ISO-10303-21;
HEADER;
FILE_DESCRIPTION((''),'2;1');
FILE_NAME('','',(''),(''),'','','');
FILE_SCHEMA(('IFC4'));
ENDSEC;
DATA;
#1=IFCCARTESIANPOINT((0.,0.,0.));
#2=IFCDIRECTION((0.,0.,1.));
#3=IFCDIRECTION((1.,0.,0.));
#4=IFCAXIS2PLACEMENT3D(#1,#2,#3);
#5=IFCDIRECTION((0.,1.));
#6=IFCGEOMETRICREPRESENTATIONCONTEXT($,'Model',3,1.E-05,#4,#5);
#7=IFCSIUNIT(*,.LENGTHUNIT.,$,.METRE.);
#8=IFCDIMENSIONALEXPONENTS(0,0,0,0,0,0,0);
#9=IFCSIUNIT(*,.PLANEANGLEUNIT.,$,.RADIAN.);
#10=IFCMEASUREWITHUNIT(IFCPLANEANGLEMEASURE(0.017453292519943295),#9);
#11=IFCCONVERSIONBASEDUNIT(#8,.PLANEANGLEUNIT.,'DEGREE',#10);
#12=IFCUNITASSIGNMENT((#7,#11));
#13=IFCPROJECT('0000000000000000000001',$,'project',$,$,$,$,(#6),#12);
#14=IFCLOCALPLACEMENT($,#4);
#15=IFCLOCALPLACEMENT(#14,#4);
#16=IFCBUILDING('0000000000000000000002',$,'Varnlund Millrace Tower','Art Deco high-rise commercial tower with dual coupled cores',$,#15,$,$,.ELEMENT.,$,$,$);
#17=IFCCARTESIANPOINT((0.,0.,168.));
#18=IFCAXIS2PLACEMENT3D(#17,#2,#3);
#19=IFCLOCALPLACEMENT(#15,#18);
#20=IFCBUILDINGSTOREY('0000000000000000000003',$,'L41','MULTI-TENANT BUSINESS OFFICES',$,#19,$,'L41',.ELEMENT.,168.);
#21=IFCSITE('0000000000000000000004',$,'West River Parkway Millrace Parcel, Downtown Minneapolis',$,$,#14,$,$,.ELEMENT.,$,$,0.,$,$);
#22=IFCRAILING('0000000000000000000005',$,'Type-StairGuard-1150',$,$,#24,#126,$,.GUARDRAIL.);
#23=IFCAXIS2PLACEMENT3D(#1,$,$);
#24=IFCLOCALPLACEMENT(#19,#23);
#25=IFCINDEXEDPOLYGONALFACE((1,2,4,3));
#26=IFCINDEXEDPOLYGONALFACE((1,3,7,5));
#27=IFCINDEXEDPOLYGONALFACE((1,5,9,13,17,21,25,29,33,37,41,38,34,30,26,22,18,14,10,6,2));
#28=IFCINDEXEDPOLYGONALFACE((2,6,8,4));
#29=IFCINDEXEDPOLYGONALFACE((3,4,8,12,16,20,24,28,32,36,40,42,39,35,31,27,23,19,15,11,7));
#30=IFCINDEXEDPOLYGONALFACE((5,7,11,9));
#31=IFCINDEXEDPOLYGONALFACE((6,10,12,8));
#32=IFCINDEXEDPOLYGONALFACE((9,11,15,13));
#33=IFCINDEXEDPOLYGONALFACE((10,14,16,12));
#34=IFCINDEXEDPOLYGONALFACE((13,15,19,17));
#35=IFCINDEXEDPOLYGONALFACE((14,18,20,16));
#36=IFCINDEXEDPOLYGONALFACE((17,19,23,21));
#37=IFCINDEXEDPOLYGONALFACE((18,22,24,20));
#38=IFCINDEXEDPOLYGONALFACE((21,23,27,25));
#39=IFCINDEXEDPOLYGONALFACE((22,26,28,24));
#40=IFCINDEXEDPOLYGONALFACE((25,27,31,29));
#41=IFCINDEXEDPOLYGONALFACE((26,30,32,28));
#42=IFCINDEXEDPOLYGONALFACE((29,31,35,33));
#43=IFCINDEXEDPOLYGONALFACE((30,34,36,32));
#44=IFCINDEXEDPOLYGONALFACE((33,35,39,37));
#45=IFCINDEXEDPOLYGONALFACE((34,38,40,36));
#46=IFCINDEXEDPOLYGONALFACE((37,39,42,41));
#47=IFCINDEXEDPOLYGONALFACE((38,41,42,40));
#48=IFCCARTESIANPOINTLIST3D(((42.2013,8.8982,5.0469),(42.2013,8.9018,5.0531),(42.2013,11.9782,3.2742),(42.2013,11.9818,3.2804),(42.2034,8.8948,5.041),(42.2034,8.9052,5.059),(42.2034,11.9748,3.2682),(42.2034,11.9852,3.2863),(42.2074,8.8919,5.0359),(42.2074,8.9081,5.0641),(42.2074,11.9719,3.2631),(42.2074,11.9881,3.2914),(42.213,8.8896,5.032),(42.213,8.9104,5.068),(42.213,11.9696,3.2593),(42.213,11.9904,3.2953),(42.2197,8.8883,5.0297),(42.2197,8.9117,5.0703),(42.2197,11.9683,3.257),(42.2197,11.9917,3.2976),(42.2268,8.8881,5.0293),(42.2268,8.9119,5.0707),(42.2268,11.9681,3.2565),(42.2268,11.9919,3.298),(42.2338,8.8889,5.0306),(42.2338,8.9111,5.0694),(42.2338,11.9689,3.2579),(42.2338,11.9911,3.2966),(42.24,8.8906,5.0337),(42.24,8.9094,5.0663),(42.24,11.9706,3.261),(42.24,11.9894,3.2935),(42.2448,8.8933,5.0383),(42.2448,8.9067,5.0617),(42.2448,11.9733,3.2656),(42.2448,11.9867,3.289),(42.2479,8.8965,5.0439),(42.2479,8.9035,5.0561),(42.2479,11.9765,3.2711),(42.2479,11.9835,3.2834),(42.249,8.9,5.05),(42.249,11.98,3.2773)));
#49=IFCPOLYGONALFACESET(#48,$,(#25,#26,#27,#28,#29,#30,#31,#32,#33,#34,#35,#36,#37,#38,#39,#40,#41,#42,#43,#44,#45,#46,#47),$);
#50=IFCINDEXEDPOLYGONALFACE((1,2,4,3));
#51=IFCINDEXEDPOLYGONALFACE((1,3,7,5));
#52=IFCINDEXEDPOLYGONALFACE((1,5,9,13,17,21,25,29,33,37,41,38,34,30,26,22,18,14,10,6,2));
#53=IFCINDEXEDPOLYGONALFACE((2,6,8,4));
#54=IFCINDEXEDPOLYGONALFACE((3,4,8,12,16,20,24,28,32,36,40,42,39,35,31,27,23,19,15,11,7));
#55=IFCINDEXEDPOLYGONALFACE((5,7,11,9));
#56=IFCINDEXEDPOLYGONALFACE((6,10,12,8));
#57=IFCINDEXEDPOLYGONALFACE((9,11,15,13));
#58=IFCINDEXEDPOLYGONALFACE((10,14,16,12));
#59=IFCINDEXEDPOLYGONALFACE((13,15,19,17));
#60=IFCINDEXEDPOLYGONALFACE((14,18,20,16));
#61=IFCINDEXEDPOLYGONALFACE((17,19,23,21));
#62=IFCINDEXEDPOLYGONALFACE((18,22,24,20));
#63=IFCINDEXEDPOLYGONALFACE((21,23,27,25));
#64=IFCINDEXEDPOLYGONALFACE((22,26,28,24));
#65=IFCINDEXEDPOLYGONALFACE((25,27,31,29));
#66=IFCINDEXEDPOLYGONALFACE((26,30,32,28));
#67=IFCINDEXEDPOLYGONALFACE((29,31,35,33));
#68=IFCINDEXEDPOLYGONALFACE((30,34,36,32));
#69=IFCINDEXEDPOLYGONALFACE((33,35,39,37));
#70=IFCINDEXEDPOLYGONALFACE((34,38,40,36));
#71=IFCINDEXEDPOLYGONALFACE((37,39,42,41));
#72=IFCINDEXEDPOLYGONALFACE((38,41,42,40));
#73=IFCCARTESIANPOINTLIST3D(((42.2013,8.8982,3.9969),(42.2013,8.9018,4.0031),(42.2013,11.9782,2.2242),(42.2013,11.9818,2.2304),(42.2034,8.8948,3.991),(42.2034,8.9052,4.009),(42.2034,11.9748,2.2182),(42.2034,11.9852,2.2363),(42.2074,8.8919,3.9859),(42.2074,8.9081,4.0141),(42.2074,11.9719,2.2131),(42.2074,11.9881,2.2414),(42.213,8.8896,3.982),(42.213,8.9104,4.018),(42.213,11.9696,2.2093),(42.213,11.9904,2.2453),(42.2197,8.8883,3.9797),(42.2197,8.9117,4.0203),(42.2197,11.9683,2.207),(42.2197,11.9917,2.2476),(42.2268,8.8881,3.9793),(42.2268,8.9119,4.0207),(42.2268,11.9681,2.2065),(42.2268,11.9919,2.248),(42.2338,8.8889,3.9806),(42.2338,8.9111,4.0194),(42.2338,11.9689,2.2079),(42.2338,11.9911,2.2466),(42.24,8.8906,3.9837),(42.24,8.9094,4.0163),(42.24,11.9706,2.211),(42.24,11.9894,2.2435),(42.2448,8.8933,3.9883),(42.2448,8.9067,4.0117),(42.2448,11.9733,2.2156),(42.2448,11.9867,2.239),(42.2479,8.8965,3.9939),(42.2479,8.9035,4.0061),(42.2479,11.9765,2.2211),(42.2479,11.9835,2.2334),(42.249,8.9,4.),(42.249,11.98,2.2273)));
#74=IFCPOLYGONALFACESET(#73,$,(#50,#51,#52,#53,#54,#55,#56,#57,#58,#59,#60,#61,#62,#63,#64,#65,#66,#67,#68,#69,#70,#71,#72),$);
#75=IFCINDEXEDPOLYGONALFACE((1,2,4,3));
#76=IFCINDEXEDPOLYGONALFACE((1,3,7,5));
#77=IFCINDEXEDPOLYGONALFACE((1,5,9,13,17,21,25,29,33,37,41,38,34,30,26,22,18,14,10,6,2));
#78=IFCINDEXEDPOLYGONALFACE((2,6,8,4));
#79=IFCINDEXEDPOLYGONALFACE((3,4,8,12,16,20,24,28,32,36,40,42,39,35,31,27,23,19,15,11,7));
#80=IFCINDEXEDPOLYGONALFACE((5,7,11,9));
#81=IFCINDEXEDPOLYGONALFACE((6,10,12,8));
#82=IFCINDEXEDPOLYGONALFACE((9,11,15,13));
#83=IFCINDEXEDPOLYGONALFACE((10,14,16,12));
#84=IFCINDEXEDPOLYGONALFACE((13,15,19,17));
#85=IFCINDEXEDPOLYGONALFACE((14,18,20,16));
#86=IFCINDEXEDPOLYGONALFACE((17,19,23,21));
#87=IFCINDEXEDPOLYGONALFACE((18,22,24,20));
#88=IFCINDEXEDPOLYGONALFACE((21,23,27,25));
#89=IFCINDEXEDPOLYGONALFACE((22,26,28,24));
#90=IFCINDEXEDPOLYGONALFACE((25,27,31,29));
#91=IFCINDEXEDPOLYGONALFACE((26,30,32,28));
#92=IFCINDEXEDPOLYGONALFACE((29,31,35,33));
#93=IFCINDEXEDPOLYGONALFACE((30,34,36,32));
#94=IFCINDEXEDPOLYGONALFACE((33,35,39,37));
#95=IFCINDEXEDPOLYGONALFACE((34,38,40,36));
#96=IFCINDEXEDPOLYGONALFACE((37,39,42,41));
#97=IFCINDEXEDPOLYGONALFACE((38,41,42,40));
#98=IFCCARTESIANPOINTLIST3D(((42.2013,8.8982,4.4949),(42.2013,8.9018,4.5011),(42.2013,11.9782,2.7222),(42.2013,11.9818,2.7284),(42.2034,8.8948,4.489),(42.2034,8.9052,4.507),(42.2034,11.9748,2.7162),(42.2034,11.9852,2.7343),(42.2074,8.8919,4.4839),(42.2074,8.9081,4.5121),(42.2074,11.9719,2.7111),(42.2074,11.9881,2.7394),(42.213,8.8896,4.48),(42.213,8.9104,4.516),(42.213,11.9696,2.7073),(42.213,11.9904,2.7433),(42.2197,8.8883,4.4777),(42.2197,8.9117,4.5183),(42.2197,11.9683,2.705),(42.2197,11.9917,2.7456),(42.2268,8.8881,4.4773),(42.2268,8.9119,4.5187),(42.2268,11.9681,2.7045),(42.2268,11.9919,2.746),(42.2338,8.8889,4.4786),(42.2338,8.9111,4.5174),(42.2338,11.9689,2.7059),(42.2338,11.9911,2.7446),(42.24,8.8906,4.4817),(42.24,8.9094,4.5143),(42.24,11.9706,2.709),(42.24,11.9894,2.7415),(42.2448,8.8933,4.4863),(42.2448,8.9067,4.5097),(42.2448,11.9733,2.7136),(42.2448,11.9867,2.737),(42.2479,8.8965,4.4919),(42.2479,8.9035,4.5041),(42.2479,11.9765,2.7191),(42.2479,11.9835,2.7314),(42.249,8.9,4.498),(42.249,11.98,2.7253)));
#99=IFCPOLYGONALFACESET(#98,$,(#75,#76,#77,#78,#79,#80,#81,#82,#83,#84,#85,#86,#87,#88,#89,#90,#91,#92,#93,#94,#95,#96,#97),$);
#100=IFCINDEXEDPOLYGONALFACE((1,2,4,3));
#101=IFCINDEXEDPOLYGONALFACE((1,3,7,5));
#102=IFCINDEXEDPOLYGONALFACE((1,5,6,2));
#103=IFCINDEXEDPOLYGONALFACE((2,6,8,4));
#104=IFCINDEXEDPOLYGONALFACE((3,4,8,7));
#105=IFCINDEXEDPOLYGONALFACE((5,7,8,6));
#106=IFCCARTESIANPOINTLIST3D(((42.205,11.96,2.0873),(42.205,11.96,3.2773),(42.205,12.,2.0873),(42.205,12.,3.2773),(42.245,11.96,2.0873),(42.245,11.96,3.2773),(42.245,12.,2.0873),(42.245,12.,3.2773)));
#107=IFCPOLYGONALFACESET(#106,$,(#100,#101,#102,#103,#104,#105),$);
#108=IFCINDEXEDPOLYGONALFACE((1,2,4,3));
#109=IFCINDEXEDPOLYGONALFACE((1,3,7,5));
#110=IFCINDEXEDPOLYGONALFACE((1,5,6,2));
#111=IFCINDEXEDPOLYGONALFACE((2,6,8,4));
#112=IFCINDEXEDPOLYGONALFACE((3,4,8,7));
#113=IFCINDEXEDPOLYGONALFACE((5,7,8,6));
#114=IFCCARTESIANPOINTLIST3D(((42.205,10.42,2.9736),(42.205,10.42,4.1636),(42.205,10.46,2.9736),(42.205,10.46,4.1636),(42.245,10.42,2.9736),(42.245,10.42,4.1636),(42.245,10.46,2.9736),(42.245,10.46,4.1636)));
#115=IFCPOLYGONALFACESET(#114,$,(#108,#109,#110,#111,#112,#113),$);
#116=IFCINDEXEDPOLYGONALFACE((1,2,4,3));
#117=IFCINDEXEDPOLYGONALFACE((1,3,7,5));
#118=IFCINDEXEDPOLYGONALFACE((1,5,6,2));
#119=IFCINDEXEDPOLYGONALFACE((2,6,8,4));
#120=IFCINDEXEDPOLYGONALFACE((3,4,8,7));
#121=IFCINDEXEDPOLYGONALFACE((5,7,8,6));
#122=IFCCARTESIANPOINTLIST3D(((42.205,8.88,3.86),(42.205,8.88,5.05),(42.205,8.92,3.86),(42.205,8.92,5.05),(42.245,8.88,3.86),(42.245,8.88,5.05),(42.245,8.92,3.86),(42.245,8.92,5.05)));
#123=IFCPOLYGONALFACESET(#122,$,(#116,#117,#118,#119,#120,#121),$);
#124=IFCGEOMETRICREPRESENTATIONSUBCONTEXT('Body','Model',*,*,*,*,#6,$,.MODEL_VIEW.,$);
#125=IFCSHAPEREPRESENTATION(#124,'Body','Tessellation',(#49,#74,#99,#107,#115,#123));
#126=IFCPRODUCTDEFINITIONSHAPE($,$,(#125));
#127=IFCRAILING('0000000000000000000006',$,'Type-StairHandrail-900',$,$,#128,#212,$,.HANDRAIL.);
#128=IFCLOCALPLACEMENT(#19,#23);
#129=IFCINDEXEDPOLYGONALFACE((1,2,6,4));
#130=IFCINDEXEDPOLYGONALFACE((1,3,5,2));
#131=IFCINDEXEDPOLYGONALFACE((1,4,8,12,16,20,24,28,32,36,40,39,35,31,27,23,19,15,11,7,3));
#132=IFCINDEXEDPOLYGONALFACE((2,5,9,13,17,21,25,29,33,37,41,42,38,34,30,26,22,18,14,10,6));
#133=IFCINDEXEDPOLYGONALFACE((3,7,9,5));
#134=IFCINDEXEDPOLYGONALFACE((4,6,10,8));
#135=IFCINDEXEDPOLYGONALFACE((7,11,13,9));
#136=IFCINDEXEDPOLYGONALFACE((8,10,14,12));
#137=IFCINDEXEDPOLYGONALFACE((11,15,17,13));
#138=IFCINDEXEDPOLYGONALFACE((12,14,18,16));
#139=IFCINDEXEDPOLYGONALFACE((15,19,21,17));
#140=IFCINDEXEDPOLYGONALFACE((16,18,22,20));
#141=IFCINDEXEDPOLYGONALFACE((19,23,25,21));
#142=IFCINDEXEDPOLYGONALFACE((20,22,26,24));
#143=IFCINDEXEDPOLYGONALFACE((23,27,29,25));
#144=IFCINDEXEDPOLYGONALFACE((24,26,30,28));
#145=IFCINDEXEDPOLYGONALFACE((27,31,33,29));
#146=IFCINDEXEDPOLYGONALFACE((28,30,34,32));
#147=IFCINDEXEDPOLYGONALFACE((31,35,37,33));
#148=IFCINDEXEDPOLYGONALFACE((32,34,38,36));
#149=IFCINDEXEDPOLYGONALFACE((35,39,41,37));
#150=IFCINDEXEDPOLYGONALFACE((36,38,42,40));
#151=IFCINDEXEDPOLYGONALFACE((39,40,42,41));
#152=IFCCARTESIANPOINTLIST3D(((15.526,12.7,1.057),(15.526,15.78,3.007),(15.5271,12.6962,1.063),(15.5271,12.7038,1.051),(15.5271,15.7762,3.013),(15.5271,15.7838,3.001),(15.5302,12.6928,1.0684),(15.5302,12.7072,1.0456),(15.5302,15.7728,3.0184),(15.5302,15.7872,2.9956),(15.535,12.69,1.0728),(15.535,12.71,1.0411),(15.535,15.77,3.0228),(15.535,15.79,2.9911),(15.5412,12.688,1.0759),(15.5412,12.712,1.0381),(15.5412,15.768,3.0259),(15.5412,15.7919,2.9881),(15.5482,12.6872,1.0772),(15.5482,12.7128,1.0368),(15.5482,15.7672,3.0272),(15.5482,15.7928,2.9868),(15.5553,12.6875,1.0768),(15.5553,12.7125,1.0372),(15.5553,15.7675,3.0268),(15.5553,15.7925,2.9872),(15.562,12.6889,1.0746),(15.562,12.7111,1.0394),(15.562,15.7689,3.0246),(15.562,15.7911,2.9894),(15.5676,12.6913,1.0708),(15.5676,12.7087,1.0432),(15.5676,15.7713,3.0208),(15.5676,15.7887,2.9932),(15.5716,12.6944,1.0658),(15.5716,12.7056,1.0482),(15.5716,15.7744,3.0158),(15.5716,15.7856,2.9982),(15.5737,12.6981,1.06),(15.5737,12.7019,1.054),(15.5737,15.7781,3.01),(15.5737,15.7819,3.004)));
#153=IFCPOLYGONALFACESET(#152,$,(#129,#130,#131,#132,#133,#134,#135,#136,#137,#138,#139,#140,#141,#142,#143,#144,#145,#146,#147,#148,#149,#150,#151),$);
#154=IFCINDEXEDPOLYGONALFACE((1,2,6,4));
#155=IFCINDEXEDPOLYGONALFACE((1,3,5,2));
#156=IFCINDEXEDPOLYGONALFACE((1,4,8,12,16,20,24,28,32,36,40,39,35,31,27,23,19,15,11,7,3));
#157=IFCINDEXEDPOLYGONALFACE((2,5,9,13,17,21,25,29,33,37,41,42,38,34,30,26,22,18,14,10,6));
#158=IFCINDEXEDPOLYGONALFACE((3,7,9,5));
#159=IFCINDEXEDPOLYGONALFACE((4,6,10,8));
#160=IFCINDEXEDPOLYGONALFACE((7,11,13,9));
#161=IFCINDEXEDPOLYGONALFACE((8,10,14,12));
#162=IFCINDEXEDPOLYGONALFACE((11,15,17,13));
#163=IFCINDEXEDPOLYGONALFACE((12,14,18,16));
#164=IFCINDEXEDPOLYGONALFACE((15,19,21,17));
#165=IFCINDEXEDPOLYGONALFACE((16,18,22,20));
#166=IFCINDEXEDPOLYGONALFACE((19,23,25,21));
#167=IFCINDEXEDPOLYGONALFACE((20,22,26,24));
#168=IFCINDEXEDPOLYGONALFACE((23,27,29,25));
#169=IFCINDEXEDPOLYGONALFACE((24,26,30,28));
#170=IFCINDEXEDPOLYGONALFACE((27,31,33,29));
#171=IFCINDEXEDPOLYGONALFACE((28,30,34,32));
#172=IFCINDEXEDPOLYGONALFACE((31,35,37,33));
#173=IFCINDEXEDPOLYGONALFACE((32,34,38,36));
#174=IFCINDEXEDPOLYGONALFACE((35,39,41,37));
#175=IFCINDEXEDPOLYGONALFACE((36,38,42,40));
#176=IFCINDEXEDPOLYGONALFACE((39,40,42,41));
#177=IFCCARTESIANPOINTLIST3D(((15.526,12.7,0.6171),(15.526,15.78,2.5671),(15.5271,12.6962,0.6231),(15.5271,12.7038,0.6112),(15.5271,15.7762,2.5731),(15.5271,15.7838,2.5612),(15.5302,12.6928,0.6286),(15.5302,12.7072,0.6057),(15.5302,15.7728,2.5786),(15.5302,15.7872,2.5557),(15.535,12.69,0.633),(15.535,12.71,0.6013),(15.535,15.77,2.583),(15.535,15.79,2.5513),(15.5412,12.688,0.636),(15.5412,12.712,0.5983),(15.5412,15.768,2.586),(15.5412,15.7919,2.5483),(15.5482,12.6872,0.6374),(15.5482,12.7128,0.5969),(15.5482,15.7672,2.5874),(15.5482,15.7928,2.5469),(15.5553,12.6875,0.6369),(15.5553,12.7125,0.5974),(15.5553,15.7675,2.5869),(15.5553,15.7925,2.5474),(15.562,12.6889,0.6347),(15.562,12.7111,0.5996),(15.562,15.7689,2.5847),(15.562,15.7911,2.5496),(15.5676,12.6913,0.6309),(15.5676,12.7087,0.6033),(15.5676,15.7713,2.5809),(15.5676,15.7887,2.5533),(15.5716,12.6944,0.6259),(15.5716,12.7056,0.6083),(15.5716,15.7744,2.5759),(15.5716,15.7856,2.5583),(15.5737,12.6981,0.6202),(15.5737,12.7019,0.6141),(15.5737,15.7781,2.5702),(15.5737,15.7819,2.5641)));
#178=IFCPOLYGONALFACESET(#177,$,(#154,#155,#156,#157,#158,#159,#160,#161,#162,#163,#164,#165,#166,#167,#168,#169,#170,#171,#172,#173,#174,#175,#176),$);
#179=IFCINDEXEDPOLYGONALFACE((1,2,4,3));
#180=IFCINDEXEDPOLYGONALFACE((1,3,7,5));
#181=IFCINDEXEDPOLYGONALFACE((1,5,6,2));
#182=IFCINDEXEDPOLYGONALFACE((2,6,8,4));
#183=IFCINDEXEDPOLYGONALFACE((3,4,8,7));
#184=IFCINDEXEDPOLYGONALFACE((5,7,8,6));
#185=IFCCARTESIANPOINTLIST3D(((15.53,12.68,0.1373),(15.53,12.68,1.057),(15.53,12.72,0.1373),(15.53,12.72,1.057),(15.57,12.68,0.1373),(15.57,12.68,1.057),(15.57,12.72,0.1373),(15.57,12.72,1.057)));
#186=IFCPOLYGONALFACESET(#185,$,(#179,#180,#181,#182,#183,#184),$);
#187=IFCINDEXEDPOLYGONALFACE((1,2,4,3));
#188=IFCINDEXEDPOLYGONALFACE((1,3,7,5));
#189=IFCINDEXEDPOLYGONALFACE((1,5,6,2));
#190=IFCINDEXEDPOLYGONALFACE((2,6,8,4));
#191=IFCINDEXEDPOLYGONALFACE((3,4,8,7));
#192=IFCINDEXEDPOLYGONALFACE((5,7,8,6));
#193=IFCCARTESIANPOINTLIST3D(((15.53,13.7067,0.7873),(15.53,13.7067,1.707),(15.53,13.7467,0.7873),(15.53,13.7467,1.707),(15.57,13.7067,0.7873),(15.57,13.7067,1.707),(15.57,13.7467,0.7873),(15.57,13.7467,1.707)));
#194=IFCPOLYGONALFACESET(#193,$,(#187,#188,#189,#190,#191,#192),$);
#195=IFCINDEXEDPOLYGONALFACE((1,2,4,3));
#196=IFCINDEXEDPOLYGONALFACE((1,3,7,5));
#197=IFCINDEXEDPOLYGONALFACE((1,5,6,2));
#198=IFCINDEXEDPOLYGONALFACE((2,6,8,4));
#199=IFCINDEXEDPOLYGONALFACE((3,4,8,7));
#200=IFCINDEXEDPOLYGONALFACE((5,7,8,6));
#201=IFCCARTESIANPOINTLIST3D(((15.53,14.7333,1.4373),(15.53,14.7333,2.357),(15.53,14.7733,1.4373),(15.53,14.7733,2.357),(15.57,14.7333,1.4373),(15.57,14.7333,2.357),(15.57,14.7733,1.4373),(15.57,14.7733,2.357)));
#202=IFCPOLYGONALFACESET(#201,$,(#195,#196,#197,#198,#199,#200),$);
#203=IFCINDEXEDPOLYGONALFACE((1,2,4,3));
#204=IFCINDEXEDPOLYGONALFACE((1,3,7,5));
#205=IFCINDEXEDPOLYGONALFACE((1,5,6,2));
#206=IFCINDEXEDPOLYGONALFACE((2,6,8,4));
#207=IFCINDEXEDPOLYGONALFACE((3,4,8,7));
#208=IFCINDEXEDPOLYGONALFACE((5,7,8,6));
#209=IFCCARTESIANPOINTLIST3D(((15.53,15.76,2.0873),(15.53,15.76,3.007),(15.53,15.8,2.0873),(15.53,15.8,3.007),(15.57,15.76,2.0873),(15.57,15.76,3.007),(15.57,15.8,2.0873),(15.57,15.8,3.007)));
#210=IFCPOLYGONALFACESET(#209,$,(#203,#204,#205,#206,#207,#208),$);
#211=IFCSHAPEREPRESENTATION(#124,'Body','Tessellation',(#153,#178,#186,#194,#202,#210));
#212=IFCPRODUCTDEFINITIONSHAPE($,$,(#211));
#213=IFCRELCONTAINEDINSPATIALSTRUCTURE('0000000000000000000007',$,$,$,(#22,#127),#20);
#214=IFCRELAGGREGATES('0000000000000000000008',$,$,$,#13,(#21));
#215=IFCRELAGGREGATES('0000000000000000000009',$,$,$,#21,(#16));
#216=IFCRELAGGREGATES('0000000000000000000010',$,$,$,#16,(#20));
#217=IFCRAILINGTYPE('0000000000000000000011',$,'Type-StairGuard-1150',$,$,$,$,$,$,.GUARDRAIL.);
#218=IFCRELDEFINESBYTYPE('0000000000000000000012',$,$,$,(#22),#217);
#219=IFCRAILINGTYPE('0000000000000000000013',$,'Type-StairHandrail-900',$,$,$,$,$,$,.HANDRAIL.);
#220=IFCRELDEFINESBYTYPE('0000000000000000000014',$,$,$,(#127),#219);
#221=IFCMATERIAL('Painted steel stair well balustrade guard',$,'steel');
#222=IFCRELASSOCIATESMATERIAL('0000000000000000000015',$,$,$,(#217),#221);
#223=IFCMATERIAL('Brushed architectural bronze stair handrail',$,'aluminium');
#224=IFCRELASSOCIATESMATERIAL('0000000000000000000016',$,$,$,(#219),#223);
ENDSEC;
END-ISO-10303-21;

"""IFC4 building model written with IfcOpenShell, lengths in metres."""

from ifc_helpers import new_model, entity, si_unit, converted_unit, direction, frame, origin_with_axes, origin_2d_with_axis, place, context, subcontext, project, spatial, rectangle, circle, extrude, material, type_object, element, save


model = new_model("IFC4")

# Units and contexts
model_context = context("Model", 3, precision=1e-05, world=origin_with_axes(), true_north=direction((0.0, 1.0)))
body_context = subcontext(model_context, "Body", "Model", "MODEL_VIEW")
ifc_project = project(units=[si_unit("LENGTHUNIT", "METRE"), converted_unit("PLANEANGLEUNIT", "DEGREE", entity("IfcPlaneAngleMeasure", 0.017453292519943295), si_unit("PLANEANGLEUNIT", "RADIAN"), dimensions=[0, 0, 0, 0, 0, 0, 0])], contexts=[model_context])

# Site, building, storey
site_placement = place(None, origin_with_axes())
site = spatial("IfcSite", under=ifc_project, at=site_placement, Name="West River Parkway Millrace Parcel, Downtown Minneapolis", CompositionType="ELEMENT", RefElevation=0.0)
building_placement = place(site_placement, origin_with_axes())
building = spatial("IfcBuilding", under=site, at=building_placement, Name="Varnlund Millrace Tower", Description="Art Deco high-rise commercial tower with dual coupled cores", CompositionType="ELEMENT")
storey_placement = place(building_placement, frame((0.0, 0.0, 168.0), z_axis=(0.0, 0.0, 1.0), x_axis=(1.0, 0.0, 0.0)))
storey = spatial("IfcBuildingStorey", under=building, at=storey_placement, Name="L41", Description="MULTI-TENANT BUSINESS OFFICES", LongName="L41", CompositionType="ELEMENT", Elevation=168.0)

# Railings
ifc_material_1 = material(Name="Painted steel stair well balustrade guard", Category="steel")
railing_type_1 = type_object("IfcRailingType", Name="Type-StairGuard-1150", PredefinedType="GUARDRAIL", material=ifc_material_1)
railing_1_placement = place(storey_placement, frame((0.0, 0.0, -168.0), z_axis=(0.0, 0.0, 1.0), x_axis=(1.0, 0.0, 0.0)))
element("IfcRailing", 1, at=railing_1_placement, inside=storey, type_object=railing_type_1, Name="Type-StairGuard-1150", PredefinedType="GUARDRAIL", context=body_context, shape_type="SweptSolid", body=[
    extrude(circle(Radius=0.024, at=origin_2d_with_axis()), frame((42.225, 11.98, 171.2773), z_axis=(0.0, -0.866696, 0.498836), x_axis=(1.0, 0.0, 0.0)), (0.0, 0.0, 1.0), 3.5537),
    extrude(circle(Radius=0.024, at=origin_2d_with_axis()), frame((42.225, 11.98, 170.2273), z_axis=(0.0, -0.866696, 0.498836), x_axis=(1.0, 0.0, 0.0)), (0.0, 0.0, 1.0), 3.5537),
    extrude(circle(Radius=0.024, at=origin_2d_with_axis()), frame((42.225, 11.98, 170.7253), z_axis=(0.0, -0.866696, 0.498836), x_axis=(1.0, 0.0, 0.0)), (0.0, 0.0, 1.0), 3.5537),
    extrude(rectangle(XDim=0.04, YDim=0.04, at=origin_2d_with_axis()), frame((42.225, 11.98, 170.0873), z_axis=(0.0, 0.0, 1.0), x_axis=(1.0, 0.0, 0.0)), (0.0, 0.0, 1.0), 1.19),
    extrude(rectangle(XDim=0.04, YDim=0.04, at=origin_2d_with_axis()), frame((42.225, 10.44, 170.9736), z_axis=(0.0, 0.0, 1.0), x_axis=(1.0, 0.0, 0.0)), (0.0, 0.0, 1.0), 1.19),
    extrude(rectangle(XDim=0.04, YDim=0.04, at=origin_2d_with_axis()), frame((42.225, 8.9, 171.86), z_axis=(0.0, 0.0, 1.0), x_axis=(1.0, 0.0, 0.0)), (0.0, 0.0, 1.0), 1.19),
])
ifc_material_2 = material(Name="Brushed architectural bronze stair handrail", Category="aluminium")
railing_type_2 = type_object("IfcRailingType", Name="Type-StairHandrail-900", PredefinedType="HANDRAIL", material=ifc_material_2)
railing_2_placement = place(storey_placement, frame((0.0, 0.0, -168.0), z_axis=(0.0, 0.0, 1.0), x_axis=(1.0, 0.0, 0.0)))
element("IfcRailing", 2, at=railing_2_placement, inside=storey, type_object=railing_type_2, Name="Type-StairHandrail-900", PredefinedType="HANDRAIL", context=body_context, shape_type="SweptSolid", body=[
    extrude(circle(Radius=0.024, at=origin_2d_with_axis()), frame((15.55, 12.7, 169.057), z_axis=(0.0, 0.844902, 0.534922), x_axis=(-1.0, 0.0, 0.0)), (0.0, 0.0, 1.0), 3.6454),
    extrude(circle(Radius=0.024, at=origin_2d_with_axis()), frame((15.55, 12.7, 168.6171), z_axis=(0.0, 0.844902, 0.534922), x_axis=(-1.0, 0.0, 0.0)), (0.0, 0.0, 1.0), 3.6454),
    extrude(rectangle(XDim=0.04, YDim=0.04, at=origin_2d_with_axis()), frame((15.55, 12.7, 168.1373), z_axis=(0.0, 0.0, 1.0), x_axis=(1.0, 0.0, 0.0)), (0.0, 0.0, 1.0), 0.9197),
    extrude(rectangle(XDim=0.04, YDim=0.04, at=origin_2d_with_axis()), frame((15.55, 13.7267, 168.7873), z_axis=(0.0, 0.0, 1.0), x_axis=(1.0, 0.0, 0.0)), (0.0, 0.0, 1.0), 0.9197),
    extrude(rectangle(XDim=0.04, YDim=0.04, at=origin_2d_with_axis()), frame((15.55, 14.7533, 169.4373), z_axis=(0.0, 0.0, 1.0), x_axis=(1.0, 0.0, 0.0)), (0.0, 0.0, 1.0), 0.9197),
    extrude(rectangle(XDim=0.04, YDim=0.04, at=origin_2d_with_axis()), frame((15.55, 15.78, 170.0873), z_axis=(0.0, 0.0, 1.0), x_axis=(1.0, 0.0, 0.0)), (0.0, 0.0, 1.0), 0.9197),
])

save(model, "model.ifc")
